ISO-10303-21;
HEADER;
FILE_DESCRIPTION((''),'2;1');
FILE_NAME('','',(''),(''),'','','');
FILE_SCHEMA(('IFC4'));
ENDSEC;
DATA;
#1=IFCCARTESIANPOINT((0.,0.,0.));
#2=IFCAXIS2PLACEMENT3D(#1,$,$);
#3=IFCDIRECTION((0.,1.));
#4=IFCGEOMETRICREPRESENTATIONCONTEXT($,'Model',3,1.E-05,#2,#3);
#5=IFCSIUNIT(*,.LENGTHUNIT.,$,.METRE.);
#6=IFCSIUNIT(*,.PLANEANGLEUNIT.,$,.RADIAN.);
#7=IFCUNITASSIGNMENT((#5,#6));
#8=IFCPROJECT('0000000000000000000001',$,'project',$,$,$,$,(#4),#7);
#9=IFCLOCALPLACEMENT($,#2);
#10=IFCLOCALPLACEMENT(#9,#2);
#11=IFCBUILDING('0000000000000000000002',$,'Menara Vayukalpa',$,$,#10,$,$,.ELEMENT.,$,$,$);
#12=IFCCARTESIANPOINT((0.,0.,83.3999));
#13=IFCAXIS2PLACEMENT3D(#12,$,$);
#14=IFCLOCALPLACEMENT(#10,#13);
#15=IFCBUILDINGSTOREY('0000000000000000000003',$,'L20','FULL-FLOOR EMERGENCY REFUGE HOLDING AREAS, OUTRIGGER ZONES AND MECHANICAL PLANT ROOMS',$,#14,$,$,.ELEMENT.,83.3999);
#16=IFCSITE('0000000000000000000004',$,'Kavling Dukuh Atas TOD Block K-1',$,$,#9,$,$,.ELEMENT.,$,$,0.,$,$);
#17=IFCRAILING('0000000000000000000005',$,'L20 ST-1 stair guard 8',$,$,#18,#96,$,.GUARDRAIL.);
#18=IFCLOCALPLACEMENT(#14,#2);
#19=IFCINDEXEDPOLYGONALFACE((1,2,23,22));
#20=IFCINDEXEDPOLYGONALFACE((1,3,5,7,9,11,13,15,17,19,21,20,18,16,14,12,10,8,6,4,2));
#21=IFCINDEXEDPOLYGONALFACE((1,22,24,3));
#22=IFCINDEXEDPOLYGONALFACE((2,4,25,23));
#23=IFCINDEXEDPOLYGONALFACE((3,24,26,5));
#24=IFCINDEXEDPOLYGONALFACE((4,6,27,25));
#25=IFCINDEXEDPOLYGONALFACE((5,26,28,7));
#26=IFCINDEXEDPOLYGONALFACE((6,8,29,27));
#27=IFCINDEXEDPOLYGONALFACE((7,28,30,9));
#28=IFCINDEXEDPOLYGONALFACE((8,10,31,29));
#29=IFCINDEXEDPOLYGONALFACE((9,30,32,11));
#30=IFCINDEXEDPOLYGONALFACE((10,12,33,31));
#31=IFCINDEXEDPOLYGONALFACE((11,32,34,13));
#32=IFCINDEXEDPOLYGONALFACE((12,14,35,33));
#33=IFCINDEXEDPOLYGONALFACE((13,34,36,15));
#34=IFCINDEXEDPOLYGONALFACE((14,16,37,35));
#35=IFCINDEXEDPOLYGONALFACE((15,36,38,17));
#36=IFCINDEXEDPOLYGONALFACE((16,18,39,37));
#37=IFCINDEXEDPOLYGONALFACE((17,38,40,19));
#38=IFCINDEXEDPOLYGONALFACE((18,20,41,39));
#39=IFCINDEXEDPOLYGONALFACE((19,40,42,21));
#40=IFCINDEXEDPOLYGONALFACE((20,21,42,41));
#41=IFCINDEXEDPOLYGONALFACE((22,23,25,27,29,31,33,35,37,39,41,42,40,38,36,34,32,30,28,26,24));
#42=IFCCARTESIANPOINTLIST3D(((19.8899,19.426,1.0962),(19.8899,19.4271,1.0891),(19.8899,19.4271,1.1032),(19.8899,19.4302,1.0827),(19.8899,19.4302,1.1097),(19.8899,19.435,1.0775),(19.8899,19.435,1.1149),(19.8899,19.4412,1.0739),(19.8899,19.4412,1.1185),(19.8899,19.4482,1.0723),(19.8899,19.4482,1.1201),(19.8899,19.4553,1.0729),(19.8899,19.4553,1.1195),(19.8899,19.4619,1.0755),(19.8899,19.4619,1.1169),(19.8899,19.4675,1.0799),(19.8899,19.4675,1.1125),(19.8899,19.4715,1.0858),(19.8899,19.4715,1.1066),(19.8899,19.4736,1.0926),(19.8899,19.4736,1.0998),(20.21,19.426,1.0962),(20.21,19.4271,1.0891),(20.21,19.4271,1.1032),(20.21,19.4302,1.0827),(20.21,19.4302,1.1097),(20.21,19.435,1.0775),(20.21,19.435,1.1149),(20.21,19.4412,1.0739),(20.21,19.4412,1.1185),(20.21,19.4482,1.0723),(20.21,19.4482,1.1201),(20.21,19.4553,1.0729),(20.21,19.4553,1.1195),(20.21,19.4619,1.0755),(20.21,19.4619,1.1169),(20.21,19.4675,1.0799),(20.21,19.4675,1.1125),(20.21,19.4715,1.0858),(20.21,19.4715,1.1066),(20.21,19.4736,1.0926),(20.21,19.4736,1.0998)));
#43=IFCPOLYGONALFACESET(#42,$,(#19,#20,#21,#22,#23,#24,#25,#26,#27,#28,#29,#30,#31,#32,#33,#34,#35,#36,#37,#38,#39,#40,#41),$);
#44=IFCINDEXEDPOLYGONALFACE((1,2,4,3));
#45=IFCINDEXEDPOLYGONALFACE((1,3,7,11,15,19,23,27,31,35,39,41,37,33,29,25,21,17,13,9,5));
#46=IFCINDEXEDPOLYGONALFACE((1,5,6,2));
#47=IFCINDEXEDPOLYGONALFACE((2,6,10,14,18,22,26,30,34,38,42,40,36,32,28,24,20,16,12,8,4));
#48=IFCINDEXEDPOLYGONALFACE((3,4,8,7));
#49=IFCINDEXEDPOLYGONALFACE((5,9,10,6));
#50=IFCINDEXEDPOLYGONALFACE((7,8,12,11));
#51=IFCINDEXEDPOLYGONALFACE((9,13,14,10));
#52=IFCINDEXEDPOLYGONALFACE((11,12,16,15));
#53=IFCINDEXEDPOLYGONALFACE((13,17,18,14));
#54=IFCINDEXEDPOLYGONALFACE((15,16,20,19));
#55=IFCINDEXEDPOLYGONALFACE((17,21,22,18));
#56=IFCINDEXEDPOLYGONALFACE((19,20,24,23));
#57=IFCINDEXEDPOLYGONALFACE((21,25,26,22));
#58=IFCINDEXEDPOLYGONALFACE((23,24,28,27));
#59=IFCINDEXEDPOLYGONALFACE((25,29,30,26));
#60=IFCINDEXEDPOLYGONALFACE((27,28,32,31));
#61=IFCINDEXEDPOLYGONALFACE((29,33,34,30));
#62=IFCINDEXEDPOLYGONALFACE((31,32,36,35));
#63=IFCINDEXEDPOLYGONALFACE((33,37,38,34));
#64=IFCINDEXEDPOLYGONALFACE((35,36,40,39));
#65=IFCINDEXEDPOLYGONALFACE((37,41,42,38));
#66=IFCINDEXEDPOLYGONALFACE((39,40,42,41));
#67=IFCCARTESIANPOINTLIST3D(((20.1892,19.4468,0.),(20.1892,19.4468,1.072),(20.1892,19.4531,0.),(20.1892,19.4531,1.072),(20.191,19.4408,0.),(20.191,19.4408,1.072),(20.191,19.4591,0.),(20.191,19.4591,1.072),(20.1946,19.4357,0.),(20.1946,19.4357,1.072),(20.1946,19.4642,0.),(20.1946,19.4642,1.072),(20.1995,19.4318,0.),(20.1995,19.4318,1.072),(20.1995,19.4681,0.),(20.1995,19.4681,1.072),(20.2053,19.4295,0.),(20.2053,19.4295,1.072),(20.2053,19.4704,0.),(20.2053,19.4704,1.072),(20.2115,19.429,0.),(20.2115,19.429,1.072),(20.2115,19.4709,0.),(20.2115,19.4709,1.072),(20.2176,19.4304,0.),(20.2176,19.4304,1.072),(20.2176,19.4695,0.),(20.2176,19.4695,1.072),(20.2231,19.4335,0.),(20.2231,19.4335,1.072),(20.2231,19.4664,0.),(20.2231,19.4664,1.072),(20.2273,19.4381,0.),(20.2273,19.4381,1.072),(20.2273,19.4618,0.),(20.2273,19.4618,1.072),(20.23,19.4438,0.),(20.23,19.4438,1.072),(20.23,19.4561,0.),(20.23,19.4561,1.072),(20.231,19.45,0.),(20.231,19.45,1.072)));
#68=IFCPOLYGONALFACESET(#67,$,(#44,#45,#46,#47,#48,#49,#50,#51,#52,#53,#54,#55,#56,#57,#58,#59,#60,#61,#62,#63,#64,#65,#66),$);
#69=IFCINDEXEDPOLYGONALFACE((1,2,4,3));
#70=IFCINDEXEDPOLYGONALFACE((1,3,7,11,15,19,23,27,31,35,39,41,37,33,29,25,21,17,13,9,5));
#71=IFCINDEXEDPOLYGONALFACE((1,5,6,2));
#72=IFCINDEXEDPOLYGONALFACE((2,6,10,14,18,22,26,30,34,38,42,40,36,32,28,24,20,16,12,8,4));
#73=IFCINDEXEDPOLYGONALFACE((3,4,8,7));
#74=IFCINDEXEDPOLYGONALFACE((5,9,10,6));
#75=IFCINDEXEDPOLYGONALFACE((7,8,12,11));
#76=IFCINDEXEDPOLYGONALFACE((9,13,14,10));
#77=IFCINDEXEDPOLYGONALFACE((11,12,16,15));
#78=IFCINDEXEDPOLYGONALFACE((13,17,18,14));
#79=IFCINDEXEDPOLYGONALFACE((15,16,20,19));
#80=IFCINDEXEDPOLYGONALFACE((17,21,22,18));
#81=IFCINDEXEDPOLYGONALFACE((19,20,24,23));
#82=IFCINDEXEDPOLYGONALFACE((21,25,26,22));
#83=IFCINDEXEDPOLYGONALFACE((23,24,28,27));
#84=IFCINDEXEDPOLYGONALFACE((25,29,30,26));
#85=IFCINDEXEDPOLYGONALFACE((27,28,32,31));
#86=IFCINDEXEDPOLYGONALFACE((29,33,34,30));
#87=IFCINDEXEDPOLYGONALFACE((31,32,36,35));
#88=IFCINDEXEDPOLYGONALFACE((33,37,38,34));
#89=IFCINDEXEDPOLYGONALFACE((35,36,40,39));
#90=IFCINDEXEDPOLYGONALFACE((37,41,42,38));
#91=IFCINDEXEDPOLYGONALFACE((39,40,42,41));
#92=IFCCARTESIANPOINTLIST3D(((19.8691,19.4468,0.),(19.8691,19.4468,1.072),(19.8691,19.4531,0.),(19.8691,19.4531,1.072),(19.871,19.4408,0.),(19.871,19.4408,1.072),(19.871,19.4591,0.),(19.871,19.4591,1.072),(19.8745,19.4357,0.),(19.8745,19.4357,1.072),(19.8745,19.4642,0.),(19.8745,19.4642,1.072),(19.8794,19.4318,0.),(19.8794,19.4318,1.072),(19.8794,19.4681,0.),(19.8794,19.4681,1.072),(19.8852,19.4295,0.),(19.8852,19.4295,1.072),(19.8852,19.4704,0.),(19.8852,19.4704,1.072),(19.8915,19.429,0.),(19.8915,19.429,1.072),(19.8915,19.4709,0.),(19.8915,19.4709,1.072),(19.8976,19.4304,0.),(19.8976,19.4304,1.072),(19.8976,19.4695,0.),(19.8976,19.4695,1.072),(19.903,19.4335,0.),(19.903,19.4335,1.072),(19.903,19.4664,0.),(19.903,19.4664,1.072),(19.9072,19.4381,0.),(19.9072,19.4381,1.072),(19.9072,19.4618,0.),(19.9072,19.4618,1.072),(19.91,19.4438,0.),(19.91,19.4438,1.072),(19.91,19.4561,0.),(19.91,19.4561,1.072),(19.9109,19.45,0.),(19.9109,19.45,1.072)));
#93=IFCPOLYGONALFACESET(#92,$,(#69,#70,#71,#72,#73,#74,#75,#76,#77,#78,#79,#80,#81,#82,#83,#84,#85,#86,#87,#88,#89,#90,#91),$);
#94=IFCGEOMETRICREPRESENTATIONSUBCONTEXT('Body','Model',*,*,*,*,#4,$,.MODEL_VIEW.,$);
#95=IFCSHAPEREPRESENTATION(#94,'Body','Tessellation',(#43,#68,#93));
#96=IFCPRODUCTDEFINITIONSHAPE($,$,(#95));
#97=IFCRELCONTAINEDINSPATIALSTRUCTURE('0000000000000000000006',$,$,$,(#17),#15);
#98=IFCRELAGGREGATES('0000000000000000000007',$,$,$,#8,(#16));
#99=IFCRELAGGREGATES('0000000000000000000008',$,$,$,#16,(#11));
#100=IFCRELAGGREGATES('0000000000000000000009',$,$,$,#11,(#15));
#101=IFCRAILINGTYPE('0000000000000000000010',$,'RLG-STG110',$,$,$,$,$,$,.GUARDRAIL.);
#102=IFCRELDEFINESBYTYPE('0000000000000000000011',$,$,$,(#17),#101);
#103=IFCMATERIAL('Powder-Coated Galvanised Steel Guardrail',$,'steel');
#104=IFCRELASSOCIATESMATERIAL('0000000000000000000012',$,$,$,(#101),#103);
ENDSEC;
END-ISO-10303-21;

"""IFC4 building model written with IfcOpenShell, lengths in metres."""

from ifc_helpers import new_model, si_unit, direction, frame, origin, origin_2d, place, context, subcontext, project, spatial, circle, extrude, material, type_object, element, save


model = new_model("IFC4")

# Units and contexts
model_context = context("Model", 3, precision=1e-05, world=origin(), true_north=direction((0.0, 1.0)))
body_context = subcontext(model_context, "Body", "Model", "MODEL_VIEW")
ifc_project = project(units=[si_unit("LENGTHUNIT", "METRE"), si_unit("PLANEANGLEUNIT", "RADIAN")], contexts=[model_context])

# Site, building, storey
site_placement = place(None, origin())
site = spatial("IfcSite", under=ifc_project, at=site_placement, Name="Kavling Dukuh Atas TOD Block K-1", CompositionType="ELEMENT", RefElevation=0.0)
building_placement = place(site_placement, origin())
building = spatial("IfcBuilding", under=site, at=building_placement, Name="Menara Vayukalpa", CompositionType="ELEMENT")
storey_placement = place(building_placement, frame((0.0, 0.0, 83.3999)))
storey = spatial("IfcBuildingStorey", under=building, at=storey_placement, Name="L20", Description="FULL-FLOOR EMERGENCY REFUGE HOLDING AREAS, OUTRIGGER ZONES AND MECHANICAL PLANT ROOMS", CompositionType="ELEMENT", Elevation=83.3999)

# Railing
ifc_material_1 = material(Name="Powder-Coated Galvanised Steel Guardrail", Category="steel")
railing_type_1 = type_object("IfcRailingType", Name="RLG-STG110", PredefinedType="GUARDRAIL", material=ifc_material_1)
railing_1_placement = place(storey_placement, frame((20.21, 19.45, 0.0)))
element("IfcRailing", 1, at=railing_1_placement, inside=storey, type_object=railing_type_1, Name="L20 ST-1 stair guard 8", PredefinedType="GUARDRAIL", context=body_context, shape_type="SweptSolid", body=[
    extrude(circle(Radius=0.0239, at=origin_2d()), frame((0.0, 0.0, 1.0962), z_axis=(-1.0, 0.0, 0.0), x_axis=(0.0, -1.0, 0.0)), (0.0, 0.0, 1.0), 0.3201),
    extrude(circle(Radius=0.021, at=origin_2d()), origin(), (0.0, 0.0, 1.0), 1.072),
    extrude(circle(Radius=0.021, at=origin_2d()), frame((-0.3201, 0.0, 0.0)), (0.0, 0.0, 1.0), 1.072),
])

save(model, "model.ifc")
